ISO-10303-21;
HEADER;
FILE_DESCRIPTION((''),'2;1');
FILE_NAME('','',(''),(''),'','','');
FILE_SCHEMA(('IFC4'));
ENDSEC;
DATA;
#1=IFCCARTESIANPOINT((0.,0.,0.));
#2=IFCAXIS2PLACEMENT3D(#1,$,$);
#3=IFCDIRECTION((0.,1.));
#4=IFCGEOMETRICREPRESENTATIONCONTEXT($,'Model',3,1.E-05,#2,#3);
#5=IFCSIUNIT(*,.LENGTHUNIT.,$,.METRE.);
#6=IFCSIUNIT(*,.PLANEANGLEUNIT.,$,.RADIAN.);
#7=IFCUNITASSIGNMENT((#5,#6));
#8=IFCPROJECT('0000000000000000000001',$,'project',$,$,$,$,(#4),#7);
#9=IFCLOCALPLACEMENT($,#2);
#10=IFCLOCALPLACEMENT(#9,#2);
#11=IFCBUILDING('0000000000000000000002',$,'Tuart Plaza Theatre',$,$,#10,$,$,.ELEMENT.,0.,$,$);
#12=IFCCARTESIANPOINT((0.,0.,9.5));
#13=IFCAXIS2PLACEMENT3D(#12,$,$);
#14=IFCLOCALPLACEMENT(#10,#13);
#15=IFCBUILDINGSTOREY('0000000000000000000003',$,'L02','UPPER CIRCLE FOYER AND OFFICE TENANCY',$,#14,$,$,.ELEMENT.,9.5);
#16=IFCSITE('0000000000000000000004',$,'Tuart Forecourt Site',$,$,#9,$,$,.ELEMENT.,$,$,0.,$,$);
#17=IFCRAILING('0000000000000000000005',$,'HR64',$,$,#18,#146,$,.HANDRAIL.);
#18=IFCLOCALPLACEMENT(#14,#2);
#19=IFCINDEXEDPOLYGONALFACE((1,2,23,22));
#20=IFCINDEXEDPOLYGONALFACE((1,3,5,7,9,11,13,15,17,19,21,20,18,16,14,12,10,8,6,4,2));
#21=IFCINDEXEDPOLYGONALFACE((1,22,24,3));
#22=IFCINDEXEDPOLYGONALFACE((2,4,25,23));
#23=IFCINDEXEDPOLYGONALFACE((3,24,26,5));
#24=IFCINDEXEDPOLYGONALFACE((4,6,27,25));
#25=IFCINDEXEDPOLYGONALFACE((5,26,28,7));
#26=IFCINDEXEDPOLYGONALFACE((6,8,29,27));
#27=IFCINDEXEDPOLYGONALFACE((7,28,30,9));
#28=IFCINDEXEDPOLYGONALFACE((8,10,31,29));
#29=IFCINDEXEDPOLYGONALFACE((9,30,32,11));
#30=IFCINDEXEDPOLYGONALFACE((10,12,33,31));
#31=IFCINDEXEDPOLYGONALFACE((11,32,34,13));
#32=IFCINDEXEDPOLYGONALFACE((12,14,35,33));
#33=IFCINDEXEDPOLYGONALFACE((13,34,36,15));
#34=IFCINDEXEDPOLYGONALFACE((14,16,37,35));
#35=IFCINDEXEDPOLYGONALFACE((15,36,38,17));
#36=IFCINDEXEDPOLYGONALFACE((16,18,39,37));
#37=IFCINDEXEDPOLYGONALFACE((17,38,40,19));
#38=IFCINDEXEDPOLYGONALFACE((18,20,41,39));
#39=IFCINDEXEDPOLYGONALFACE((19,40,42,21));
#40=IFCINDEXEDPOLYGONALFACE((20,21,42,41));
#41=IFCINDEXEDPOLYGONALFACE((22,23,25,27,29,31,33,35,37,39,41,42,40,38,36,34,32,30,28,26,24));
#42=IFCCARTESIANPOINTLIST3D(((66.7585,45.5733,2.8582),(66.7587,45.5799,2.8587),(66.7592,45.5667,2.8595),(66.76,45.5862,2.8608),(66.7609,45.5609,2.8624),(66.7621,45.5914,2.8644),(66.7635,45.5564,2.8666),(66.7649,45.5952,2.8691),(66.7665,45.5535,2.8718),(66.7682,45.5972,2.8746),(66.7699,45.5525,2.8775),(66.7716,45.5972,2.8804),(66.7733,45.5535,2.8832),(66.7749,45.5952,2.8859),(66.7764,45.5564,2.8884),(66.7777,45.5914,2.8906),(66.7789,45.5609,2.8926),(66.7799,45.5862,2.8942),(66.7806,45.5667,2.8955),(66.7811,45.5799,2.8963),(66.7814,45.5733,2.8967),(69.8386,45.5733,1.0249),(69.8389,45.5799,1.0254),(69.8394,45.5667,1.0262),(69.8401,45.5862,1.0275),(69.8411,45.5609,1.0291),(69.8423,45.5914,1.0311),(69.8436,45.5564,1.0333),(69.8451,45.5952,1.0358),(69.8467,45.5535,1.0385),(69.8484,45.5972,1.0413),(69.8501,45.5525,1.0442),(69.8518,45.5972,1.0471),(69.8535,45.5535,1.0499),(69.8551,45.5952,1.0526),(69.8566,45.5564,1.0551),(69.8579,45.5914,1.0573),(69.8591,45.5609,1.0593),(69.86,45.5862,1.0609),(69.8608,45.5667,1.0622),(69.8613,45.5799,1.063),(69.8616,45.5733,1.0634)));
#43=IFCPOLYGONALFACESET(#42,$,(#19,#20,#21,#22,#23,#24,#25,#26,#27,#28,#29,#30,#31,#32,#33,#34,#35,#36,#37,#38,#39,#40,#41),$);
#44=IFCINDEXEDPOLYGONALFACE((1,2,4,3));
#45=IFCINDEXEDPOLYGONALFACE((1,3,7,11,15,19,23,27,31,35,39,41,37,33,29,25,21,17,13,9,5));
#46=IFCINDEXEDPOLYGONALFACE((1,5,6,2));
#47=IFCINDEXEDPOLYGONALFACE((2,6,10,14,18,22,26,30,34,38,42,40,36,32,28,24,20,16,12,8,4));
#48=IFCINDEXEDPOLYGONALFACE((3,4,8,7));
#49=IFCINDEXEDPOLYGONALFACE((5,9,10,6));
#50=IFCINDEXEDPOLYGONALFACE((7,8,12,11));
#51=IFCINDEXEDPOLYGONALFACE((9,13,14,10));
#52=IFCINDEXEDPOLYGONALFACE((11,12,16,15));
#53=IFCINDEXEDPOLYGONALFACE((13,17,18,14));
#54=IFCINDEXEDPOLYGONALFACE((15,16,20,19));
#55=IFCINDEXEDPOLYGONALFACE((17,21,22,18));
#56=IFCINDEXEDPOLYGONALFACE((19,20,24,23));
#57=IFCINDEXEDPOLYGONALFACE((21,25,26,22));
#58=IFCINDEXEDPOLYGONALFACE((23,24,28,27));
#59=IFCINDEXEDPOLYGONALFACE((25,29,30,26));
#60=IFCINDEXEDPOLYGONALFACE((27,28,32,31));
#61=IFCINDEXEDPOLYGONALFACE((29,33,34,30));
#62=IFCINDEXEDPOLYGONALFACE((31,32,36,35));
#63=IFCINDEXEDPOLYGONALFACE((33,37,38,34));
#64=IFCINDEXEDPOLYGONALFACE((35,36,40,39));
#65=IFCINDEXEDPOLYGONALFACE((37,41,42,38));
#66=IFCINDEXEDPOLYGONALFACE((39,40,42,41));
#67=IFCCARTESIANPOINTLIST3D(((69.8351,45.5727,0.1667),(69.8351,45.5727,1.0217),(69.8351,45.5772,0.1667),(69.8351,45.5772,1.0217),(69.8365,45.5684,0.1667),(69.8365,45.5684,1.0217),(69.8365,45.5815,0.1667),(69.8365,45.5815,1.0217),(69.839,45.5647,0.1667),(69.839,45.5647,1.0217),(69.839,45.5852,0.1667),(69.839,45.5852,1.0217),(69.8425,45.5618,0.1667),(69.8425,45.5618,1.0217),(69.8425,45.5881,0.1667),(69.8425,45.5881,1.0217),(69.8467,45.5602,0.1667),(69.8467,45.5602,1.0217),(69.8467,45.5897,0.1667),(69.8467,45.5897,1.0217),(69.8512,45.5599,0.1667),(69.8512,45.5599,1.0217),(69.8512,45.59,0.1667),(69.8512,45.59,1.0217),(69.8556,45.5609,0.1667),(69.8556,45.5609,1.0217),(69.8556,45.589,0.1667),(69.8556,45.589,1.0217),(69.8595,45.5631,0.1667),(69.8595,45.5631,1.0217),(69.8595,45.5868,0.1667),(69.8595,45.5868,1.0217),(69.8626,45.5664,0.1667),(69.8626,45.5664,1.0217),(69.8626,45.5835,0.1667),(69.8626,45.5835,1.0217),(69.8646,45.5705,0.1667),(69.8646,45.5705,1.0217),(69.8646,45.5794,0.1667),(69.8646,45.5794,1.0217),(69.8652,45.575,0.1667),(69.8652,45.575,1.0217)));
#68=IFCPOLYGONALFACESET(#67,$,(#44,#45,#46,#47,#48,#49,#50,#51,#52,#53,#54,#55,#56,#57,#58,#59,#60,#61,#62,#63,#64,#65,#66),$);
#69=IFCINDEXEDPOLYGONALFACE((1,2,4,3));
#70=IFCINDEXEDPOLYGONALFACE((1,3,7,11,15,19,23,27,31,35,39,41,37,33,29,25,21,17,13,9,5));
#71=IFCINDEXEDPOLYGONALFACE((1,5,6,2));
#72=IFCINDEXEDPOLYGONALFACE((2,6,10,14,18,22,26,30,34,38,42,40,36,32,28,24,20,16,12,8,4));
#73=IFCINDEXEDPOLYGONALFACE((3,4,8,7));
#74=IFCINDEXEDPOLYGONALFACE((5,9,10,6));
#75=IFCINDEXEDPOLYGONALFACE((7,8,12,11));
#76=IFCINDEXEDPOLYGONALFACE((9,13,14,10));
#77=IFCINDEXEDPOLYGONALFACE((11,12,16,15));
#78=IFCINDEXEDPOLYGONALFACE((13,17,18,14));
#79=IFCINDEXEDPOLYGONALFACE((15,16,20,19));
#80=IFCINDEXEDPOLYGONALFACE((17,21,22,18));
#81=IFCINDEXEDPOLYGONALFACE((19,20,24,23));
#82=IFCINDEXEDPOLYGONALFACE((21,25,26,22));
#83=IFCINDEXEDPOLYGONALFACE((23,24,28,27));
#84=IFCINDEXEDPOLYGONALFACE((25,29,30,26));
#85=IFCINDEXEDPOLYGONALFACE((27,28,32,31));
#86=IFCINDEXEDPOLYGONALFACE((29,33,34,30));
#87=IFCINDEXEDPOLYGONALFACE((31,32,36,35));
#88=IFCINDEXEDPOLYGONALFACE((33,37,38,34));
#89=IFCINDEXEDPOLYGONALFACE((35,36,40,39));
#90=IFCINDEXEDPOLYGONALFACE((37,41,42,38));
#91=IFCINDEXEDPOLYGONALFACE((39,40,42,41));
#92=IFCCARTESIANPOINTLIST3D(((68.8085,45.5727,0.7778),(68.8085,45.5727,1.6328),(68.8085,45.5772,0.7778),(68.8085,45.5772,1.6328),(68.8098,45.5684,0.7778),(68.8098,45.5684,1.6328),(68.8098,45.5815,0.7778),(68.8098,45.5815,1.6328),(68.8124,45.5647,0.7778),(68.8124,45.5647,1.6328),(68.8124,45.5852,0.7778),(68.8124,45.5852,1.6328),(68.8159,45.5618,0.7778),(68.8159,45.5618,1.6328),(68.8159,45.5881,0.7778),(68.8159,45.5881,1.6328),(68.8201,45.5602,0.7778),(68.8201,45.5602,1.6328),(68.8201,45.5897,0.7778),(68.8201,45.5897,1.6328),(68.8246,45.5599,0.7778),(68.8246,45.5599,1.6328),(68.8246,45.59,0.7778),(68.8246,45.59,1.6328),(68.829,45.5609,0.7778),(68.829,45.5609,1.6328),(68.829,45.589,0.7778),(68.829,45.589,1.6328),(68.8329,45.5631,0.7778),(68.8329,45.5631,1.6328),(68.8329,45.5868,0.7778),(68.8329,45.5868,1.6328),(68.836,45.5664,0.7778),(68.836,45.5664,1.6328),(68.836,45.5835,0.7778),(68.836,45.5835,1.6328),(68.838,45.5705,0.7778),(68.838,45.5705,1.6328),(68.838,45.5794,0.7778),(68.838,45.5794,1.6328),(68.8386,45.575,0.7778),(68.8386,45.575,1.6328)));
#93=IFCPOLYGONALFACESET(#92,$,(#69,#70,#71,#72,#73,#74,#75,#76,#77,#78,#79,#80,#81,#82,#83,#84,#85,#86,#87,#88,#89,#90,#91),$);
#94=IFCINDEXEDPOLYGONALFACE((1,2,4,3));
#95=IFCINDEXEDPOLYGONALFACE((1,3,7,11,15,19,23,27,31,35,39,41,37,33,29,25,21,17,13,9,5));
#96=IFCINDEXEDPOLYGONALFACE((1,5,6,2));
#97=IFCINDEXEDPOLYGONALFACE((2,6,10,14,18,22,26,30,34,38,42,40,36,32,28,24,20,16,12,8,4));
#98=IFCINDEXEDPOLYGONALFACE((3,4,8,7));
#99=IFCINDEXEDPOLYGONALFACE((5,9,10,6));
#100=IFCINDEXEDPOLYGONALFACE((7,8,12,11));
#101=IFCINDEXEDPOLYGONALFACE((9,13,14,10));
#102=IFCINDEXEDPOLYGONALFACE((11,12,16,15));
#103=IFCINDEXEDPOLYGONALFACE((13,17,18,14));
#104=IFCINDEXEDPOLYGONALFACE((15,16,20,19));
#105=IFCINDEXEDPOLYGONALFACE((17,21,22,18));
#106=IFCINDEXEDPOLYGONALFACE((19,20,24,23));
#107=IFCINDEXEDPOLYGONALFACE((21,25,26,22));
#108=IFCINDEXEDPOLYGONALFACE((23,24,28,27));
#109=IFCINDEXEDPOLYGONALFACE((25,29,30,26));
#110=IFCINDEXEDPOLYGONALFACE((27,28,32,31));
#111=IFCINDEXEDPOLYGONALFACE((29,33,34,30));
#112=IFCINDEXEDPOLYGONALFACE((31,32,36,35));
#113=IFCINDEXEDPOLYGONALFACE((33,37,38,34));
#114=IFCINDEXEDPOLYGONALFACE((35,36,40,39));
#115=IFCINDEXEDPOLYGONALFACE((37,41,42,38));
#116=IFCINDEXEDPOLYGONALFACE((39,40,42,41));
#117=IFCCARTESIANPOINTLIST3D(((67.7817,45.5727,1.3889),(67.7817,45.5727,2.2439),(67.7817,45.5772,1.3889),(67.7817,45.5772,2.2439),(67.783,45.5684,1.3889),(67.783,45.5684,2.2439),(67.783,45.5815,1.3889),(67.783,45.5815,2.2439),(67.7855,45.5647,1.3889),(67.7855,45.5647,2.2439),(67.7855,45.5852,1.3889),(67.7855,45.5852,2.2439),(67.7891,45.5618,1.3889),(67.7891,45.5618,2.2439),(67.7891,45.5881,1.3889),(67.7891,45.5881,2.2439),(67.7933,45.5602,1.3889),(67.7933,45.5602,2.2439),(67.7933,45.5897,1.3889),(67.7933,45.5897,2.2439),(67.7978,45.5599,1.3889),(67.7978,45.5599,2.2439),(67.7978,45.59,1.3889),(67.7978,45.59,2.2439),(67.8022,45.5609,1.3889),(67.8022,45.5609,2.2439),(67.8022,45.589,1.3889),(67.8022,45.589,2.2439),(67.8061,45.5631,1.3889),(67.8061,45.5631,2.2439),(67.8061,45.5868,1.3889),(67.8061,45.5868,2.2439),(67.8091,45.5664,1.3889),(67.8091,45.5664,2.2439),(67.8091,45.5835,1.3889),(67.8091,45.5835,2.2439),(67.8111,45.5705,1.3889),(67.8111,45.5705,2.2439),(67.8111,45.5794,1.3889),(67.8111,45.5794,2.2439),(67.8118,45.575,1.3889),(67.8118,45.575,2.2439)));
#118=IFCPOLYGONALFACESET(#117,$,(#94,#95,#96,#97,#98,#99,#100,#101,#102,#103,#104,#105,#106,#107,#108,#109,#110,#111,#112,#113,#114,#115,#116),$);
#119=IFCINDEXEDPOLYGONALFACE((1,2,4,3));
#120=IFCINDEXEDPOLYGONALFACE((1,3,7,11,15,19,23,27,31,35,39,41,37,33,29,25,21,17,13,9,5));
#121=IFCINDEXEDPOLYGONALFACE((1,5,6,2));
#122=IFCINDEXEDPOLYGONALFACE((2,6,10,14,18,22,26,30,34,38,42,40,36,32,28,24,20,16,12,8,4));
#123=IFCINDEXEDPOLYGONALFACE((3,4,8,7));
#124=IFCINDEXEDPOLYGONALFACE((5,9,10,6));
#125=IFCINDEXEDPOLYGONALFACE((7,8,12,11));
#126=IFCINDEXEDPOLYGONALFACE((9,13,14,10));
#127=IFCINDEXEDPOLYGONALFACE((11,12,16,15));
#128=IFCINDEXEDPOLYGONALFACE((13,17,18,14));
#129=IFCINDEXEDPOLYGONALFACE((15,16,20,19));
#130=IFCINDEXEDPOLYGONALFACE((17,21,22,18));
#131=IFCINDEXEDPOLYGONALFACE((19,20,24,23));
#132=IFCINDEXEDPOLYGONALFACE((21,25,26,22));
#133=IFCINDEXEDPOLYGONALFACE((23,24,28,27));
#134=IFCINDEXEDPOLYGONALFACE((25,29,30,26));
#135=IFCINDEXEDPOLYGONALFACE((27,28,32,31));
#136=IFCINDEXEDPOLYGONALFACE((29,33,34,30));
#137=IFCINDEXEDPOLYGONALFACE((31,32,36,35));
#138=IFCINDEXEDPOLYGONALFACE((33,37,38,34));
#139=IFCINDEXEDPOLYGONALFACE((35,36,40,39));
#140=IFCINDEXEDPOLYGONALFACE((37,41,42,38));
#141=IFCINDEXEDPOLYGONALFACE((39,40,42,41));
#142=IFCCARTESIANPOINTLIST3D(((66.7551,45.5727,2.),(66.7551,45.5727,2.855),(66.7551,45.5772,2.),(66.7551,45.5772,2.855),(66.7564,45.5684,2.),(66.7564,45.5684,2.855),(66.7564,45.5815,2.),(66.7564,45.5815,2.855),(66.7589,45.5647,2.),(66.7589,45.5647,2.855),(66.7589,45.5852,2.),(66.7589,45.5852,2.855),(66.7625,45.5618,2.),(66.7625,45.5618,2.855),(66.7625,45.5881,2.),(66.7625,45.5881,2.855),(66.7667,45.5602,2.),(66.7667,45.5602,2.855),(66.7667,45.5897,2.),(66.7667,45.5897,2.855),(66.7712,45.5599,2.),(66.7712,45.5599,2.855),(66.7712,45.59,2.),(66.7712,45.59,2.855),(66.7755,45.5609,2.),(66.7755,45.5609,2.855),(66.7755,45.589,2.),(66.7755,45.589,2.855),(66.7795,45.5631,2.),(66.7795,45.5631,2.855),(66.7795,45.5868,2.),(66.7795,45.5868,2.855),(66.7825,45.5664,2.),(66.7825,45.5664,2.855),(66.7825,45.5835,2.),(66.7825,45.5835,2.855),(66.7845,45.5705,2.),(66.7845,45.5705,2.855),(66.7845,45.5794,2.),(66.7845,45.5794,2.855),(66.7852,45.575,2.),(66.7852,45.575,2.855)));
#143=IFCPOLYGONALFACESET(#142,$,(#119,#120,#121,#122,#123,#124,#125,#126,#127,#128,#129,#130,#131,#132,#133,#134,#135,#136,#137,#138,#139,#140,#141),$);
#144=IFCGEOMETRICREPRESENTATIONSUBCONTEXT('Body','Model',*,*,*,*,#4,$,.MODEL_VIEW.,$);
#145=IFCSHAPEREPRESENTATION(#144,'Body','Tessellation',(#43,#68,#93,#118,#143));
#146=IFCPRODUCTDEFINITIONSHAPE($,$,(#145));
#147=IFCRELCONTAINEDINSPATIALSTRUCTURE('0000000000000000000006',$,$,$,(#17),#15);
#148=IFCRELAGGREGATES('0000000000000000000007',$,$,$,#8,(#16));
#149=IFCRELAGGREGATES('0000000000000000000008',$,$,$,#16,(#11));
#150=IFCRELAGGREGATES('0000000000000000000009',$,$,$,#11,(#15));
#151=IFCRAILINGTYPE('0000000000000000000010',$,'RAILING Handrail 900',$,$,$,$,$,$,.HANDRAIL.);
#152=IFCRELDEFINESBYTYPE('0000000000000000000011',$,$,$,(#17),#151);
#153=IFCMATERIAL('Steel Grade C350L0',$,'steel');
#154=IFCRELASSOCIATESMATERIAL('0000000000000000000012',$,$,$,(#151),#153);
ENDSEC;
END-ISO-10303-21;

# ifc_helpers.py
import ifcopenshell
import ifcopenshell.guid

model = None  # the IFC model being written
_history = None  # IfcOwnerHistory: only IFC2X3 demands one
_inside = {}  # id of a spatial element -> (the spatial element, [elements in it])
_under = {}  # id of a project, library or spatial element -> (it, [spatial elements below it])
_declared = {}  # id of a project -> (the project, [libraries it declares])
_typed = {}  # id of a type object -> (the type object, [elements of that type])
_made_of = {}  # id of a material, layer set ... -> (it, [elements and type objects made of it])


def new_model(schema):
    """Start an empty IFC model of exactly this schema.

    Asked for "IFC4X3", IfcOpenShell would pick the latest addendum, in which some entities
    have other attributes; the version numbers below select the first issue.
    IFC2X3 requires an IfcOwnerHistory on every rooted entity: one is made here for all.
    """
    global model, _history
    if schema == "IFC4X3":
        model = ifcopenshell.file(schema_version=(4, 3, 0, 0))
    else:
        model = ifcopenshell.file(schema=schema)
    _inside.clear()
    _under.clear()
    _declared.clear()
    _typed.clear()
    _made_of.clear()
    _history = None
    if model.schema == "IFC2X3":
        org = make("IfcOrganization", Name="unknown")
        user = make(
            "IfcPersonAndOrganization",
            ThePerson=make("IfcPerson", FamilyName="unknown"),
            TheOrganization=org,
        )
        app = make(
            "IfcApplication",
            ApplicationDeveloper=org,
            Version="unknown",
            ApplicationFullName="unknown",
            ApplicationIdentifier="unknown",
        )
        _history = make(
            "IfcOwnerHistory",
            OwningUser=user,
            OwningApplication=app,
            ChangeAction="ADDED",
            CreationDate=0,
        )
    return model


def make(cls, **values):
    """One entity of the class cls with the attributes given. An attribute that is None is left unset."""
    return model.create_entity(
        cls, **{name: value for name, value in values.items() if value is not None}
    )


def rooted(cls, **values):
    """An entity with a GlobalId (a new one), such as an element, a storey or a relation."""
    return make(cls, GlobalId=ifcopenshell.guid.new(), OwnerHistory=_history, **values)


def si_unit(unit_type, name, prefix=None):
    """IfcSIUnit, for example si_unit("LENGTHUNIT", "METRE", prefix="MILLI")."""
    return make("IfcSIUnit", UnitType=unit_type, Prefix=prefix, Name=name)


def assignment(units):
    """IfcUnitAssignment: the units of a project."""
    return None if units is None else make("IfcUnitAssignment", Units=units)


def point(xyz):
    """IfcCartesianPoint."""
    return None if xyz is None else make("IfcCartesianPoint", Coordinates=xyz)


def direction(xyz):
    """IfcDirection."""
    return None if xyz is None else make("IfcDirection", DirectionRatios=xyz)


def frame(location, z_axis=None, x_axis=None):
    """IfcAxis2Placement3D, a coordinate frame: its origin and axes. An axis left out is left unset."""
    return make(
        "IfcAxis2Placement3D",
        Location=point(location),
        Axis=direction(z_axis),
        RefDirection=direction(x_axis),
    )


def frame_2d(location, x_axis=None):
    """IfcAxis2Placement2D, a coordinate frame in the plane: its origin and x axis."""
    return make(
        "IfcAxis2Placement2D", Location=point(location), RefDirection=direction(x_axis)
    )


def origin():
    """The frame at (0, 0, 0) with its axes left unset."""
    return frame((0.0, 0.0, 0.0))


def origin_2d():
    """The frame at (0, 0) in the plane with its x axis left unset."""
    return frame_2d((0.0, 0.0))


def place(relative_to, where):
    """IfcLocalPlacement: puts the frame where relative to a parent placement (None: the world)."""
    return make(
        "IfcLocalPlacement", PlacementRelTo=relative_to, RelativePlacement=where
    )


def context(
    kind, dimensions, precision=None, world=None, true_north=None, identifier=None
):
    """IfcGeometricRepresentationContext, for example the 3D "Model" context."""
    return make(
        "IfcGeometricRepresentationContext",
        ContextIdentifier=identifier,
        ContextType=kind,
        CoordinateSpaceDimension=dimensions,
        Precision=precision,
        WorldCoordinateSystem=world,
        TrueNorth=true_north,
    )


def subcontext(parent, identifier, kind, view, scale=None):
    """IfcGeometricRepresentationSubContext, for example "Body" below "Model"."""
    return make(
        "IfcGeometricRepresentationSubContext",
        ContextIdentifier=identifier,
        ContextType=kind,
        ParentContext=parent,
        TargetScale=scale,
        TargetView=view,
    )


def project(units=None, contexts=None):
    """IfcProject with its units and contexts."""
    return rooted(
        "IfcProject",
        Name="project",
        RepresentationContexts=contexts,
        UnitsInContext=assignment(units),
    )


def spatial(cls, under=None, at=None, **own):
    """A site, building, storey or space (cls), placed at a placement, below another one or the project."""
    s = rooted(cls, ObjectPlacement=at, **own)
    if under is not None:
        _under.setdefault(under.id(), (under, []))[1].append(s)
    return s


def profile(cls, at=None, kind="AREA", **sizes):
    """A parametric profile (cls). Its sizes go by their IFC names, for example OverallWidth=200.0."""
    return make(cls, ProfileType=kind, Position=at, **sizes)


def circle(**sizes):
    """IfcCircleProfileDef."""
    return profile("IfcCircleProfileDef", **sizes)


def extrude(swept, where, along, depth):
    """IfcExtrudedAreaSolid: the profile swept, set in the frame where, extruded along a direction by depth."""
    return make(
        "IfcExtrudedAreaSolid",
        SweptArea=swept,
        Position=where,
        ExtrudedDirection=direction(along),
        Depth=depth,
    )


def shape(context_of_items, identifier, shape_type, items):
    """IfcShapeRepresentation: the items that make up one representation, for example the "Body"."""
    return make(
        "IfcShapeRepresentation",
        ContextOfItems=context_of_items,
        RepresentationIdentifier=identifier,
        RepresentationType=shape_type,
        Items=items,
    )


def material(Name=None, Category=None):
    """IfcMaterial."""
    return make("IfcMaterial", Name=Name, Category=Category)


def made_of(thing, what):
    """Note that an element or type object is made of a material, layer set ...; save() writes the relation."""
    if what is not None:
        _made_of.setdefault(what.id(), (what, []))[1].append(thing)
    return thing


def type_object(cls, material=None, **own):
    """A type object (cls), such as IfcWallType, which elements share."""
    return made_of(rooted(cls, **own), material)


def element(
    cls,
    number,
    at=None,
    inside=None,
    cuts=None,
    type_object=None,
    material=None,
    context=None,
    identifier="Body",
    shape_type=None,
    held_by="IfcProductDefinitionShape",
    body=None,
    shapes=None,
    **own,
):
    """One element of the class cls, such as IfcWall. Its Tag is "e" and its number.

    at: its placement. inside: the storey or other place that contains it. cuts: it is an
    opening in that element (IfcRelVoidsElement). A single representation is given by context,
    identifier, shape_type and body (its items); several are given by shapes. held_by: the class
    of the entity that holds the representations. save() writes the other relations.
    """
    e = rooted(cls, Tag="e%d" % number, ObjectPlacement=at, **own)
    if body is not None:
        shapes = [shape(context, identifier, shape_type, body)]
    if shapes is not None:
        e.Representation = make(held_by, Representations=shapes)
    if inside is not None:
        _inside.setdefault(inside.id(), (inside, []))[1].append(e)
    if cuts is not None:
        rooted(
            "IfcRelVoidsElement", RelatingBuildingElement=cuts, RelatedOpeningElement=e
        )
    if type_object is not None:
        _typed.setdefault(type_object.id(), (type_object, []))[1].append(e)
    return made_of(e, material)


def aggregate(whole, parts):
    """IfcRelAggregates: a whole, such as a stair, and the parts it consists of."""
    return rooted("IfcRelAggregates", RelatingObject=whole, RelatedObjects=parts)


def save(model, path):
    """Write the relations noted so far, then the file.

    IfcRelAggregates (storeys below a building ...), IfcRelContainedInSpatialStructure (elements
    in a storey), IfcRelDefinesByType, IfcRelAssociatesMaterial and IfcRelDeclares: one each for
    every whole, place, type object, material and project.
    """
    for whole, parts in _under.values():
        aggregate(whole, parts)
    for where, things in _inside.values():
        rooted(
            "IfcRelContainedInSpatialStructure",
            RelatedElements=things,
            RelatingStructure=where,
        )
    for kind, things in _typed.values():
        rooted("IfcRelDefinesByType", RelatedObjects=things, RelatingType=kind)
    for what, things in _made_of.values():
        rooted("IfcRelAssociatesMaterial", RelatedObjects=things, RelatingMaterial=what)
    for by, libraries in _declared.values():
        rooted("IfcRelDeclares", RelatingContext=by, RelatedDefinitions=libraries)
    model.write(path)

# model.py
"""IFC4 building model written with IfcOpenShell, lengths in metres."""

from ifc_helpers import new_model, si_unit, direction, frame, origin, origin_2d, place, context, subcontext, project, spatial, circle, extrude, material, type_object, element, save


model = new_model("IFC4")

# Units and contexts
model_context = context("Model", 3, precision=1e-05, world=origin(), true_north=direction((0.0, 1.0)))
body_context = subcontext(model_context, "Body", "Model", "MODEL_VIEW")
ifc_project = project(units=[si_unit("LENGTHUNIT", "METRE"), si_unit("PLANEANGLEUNIT", "RADIAN")], contexts=[model_context])

# Site, building, storey
site_placement = place(None, origin())
site = spatial("IfcSite", under=ifc_project, at=site_placement, Name="Tuart Forecourt Site", CompositionType="ELEMENT", RefElevation=0.0)
building_placement = place(site_placement, origin())
building = spatial("IfcBuilding", under=site, at=building_placement, Name="Tuart Plaza Theatre", CompositionType="ELEMENT", ElevationOfRefHeight=0.0)
storey_placement = place(building_placement, frame((0.0, 0.0, 9.5)))
storey = spatial("IfcBuildingStorey", under=building, at=storey_placement, Name="L02", Description="UPPER CIRCLE FOYER AND OFFICE TENANCY", CompositionType="ELEMENT", Elevation=9.5)

# Railing
ifc_material_1 = material(Name="Steel Grade C350L0", Category="steel")
railing_type_1 = type_object("IfcRailingType", Name="RAILING Handrail 900", PredefinedType="HANDRAIL", material=ifc_material_1)
for number, where, name in (
    (1, (69.8501, 45.575, 0.1667), "HR64"),
):
    element("IfcRailing", number, at=place(storey_placement, frame(where)), inside=storey, type_object=railing_type_1, Name=name, PredefinedType="HANDRAIL", context=body_context, shape_type="SweptSolid", body=[
        extrude(circle(Radius=0.0225, at=origin_2d()), frame((0.0, 0.0, 0.8774), z_axis=(-0.859309, 0.0, 0.511458), x_axis=(0.0, -1.0, 0.0)), (0.0, 0.0, 1.0), 3.5845),
        extrude(circle(Radius=0.0151, at=origin_2d()), origin(), (0.0, 0.0, 1.0), 0.855),
        extrude(circle(Radius=0.0151, at=origin_2d()), frame((-1.0266, 0.0, 0.6111)), (0.0, 0.0, 1.0), 0.855),
        extrude(circle(Radius=0.0151, at=origin_2d()), frame((-2.0535, 0.0, 1.2222)), (0.0, 0.0, 1.0), 0.855),
        extrude(circle(Radius=0.0151, at=origin_2d()), frame((-3.0801, 0.0, 1.8333)), (0.0, 0.0, 1.0), 0.855),
    ])

save(model, "model.ifc")
